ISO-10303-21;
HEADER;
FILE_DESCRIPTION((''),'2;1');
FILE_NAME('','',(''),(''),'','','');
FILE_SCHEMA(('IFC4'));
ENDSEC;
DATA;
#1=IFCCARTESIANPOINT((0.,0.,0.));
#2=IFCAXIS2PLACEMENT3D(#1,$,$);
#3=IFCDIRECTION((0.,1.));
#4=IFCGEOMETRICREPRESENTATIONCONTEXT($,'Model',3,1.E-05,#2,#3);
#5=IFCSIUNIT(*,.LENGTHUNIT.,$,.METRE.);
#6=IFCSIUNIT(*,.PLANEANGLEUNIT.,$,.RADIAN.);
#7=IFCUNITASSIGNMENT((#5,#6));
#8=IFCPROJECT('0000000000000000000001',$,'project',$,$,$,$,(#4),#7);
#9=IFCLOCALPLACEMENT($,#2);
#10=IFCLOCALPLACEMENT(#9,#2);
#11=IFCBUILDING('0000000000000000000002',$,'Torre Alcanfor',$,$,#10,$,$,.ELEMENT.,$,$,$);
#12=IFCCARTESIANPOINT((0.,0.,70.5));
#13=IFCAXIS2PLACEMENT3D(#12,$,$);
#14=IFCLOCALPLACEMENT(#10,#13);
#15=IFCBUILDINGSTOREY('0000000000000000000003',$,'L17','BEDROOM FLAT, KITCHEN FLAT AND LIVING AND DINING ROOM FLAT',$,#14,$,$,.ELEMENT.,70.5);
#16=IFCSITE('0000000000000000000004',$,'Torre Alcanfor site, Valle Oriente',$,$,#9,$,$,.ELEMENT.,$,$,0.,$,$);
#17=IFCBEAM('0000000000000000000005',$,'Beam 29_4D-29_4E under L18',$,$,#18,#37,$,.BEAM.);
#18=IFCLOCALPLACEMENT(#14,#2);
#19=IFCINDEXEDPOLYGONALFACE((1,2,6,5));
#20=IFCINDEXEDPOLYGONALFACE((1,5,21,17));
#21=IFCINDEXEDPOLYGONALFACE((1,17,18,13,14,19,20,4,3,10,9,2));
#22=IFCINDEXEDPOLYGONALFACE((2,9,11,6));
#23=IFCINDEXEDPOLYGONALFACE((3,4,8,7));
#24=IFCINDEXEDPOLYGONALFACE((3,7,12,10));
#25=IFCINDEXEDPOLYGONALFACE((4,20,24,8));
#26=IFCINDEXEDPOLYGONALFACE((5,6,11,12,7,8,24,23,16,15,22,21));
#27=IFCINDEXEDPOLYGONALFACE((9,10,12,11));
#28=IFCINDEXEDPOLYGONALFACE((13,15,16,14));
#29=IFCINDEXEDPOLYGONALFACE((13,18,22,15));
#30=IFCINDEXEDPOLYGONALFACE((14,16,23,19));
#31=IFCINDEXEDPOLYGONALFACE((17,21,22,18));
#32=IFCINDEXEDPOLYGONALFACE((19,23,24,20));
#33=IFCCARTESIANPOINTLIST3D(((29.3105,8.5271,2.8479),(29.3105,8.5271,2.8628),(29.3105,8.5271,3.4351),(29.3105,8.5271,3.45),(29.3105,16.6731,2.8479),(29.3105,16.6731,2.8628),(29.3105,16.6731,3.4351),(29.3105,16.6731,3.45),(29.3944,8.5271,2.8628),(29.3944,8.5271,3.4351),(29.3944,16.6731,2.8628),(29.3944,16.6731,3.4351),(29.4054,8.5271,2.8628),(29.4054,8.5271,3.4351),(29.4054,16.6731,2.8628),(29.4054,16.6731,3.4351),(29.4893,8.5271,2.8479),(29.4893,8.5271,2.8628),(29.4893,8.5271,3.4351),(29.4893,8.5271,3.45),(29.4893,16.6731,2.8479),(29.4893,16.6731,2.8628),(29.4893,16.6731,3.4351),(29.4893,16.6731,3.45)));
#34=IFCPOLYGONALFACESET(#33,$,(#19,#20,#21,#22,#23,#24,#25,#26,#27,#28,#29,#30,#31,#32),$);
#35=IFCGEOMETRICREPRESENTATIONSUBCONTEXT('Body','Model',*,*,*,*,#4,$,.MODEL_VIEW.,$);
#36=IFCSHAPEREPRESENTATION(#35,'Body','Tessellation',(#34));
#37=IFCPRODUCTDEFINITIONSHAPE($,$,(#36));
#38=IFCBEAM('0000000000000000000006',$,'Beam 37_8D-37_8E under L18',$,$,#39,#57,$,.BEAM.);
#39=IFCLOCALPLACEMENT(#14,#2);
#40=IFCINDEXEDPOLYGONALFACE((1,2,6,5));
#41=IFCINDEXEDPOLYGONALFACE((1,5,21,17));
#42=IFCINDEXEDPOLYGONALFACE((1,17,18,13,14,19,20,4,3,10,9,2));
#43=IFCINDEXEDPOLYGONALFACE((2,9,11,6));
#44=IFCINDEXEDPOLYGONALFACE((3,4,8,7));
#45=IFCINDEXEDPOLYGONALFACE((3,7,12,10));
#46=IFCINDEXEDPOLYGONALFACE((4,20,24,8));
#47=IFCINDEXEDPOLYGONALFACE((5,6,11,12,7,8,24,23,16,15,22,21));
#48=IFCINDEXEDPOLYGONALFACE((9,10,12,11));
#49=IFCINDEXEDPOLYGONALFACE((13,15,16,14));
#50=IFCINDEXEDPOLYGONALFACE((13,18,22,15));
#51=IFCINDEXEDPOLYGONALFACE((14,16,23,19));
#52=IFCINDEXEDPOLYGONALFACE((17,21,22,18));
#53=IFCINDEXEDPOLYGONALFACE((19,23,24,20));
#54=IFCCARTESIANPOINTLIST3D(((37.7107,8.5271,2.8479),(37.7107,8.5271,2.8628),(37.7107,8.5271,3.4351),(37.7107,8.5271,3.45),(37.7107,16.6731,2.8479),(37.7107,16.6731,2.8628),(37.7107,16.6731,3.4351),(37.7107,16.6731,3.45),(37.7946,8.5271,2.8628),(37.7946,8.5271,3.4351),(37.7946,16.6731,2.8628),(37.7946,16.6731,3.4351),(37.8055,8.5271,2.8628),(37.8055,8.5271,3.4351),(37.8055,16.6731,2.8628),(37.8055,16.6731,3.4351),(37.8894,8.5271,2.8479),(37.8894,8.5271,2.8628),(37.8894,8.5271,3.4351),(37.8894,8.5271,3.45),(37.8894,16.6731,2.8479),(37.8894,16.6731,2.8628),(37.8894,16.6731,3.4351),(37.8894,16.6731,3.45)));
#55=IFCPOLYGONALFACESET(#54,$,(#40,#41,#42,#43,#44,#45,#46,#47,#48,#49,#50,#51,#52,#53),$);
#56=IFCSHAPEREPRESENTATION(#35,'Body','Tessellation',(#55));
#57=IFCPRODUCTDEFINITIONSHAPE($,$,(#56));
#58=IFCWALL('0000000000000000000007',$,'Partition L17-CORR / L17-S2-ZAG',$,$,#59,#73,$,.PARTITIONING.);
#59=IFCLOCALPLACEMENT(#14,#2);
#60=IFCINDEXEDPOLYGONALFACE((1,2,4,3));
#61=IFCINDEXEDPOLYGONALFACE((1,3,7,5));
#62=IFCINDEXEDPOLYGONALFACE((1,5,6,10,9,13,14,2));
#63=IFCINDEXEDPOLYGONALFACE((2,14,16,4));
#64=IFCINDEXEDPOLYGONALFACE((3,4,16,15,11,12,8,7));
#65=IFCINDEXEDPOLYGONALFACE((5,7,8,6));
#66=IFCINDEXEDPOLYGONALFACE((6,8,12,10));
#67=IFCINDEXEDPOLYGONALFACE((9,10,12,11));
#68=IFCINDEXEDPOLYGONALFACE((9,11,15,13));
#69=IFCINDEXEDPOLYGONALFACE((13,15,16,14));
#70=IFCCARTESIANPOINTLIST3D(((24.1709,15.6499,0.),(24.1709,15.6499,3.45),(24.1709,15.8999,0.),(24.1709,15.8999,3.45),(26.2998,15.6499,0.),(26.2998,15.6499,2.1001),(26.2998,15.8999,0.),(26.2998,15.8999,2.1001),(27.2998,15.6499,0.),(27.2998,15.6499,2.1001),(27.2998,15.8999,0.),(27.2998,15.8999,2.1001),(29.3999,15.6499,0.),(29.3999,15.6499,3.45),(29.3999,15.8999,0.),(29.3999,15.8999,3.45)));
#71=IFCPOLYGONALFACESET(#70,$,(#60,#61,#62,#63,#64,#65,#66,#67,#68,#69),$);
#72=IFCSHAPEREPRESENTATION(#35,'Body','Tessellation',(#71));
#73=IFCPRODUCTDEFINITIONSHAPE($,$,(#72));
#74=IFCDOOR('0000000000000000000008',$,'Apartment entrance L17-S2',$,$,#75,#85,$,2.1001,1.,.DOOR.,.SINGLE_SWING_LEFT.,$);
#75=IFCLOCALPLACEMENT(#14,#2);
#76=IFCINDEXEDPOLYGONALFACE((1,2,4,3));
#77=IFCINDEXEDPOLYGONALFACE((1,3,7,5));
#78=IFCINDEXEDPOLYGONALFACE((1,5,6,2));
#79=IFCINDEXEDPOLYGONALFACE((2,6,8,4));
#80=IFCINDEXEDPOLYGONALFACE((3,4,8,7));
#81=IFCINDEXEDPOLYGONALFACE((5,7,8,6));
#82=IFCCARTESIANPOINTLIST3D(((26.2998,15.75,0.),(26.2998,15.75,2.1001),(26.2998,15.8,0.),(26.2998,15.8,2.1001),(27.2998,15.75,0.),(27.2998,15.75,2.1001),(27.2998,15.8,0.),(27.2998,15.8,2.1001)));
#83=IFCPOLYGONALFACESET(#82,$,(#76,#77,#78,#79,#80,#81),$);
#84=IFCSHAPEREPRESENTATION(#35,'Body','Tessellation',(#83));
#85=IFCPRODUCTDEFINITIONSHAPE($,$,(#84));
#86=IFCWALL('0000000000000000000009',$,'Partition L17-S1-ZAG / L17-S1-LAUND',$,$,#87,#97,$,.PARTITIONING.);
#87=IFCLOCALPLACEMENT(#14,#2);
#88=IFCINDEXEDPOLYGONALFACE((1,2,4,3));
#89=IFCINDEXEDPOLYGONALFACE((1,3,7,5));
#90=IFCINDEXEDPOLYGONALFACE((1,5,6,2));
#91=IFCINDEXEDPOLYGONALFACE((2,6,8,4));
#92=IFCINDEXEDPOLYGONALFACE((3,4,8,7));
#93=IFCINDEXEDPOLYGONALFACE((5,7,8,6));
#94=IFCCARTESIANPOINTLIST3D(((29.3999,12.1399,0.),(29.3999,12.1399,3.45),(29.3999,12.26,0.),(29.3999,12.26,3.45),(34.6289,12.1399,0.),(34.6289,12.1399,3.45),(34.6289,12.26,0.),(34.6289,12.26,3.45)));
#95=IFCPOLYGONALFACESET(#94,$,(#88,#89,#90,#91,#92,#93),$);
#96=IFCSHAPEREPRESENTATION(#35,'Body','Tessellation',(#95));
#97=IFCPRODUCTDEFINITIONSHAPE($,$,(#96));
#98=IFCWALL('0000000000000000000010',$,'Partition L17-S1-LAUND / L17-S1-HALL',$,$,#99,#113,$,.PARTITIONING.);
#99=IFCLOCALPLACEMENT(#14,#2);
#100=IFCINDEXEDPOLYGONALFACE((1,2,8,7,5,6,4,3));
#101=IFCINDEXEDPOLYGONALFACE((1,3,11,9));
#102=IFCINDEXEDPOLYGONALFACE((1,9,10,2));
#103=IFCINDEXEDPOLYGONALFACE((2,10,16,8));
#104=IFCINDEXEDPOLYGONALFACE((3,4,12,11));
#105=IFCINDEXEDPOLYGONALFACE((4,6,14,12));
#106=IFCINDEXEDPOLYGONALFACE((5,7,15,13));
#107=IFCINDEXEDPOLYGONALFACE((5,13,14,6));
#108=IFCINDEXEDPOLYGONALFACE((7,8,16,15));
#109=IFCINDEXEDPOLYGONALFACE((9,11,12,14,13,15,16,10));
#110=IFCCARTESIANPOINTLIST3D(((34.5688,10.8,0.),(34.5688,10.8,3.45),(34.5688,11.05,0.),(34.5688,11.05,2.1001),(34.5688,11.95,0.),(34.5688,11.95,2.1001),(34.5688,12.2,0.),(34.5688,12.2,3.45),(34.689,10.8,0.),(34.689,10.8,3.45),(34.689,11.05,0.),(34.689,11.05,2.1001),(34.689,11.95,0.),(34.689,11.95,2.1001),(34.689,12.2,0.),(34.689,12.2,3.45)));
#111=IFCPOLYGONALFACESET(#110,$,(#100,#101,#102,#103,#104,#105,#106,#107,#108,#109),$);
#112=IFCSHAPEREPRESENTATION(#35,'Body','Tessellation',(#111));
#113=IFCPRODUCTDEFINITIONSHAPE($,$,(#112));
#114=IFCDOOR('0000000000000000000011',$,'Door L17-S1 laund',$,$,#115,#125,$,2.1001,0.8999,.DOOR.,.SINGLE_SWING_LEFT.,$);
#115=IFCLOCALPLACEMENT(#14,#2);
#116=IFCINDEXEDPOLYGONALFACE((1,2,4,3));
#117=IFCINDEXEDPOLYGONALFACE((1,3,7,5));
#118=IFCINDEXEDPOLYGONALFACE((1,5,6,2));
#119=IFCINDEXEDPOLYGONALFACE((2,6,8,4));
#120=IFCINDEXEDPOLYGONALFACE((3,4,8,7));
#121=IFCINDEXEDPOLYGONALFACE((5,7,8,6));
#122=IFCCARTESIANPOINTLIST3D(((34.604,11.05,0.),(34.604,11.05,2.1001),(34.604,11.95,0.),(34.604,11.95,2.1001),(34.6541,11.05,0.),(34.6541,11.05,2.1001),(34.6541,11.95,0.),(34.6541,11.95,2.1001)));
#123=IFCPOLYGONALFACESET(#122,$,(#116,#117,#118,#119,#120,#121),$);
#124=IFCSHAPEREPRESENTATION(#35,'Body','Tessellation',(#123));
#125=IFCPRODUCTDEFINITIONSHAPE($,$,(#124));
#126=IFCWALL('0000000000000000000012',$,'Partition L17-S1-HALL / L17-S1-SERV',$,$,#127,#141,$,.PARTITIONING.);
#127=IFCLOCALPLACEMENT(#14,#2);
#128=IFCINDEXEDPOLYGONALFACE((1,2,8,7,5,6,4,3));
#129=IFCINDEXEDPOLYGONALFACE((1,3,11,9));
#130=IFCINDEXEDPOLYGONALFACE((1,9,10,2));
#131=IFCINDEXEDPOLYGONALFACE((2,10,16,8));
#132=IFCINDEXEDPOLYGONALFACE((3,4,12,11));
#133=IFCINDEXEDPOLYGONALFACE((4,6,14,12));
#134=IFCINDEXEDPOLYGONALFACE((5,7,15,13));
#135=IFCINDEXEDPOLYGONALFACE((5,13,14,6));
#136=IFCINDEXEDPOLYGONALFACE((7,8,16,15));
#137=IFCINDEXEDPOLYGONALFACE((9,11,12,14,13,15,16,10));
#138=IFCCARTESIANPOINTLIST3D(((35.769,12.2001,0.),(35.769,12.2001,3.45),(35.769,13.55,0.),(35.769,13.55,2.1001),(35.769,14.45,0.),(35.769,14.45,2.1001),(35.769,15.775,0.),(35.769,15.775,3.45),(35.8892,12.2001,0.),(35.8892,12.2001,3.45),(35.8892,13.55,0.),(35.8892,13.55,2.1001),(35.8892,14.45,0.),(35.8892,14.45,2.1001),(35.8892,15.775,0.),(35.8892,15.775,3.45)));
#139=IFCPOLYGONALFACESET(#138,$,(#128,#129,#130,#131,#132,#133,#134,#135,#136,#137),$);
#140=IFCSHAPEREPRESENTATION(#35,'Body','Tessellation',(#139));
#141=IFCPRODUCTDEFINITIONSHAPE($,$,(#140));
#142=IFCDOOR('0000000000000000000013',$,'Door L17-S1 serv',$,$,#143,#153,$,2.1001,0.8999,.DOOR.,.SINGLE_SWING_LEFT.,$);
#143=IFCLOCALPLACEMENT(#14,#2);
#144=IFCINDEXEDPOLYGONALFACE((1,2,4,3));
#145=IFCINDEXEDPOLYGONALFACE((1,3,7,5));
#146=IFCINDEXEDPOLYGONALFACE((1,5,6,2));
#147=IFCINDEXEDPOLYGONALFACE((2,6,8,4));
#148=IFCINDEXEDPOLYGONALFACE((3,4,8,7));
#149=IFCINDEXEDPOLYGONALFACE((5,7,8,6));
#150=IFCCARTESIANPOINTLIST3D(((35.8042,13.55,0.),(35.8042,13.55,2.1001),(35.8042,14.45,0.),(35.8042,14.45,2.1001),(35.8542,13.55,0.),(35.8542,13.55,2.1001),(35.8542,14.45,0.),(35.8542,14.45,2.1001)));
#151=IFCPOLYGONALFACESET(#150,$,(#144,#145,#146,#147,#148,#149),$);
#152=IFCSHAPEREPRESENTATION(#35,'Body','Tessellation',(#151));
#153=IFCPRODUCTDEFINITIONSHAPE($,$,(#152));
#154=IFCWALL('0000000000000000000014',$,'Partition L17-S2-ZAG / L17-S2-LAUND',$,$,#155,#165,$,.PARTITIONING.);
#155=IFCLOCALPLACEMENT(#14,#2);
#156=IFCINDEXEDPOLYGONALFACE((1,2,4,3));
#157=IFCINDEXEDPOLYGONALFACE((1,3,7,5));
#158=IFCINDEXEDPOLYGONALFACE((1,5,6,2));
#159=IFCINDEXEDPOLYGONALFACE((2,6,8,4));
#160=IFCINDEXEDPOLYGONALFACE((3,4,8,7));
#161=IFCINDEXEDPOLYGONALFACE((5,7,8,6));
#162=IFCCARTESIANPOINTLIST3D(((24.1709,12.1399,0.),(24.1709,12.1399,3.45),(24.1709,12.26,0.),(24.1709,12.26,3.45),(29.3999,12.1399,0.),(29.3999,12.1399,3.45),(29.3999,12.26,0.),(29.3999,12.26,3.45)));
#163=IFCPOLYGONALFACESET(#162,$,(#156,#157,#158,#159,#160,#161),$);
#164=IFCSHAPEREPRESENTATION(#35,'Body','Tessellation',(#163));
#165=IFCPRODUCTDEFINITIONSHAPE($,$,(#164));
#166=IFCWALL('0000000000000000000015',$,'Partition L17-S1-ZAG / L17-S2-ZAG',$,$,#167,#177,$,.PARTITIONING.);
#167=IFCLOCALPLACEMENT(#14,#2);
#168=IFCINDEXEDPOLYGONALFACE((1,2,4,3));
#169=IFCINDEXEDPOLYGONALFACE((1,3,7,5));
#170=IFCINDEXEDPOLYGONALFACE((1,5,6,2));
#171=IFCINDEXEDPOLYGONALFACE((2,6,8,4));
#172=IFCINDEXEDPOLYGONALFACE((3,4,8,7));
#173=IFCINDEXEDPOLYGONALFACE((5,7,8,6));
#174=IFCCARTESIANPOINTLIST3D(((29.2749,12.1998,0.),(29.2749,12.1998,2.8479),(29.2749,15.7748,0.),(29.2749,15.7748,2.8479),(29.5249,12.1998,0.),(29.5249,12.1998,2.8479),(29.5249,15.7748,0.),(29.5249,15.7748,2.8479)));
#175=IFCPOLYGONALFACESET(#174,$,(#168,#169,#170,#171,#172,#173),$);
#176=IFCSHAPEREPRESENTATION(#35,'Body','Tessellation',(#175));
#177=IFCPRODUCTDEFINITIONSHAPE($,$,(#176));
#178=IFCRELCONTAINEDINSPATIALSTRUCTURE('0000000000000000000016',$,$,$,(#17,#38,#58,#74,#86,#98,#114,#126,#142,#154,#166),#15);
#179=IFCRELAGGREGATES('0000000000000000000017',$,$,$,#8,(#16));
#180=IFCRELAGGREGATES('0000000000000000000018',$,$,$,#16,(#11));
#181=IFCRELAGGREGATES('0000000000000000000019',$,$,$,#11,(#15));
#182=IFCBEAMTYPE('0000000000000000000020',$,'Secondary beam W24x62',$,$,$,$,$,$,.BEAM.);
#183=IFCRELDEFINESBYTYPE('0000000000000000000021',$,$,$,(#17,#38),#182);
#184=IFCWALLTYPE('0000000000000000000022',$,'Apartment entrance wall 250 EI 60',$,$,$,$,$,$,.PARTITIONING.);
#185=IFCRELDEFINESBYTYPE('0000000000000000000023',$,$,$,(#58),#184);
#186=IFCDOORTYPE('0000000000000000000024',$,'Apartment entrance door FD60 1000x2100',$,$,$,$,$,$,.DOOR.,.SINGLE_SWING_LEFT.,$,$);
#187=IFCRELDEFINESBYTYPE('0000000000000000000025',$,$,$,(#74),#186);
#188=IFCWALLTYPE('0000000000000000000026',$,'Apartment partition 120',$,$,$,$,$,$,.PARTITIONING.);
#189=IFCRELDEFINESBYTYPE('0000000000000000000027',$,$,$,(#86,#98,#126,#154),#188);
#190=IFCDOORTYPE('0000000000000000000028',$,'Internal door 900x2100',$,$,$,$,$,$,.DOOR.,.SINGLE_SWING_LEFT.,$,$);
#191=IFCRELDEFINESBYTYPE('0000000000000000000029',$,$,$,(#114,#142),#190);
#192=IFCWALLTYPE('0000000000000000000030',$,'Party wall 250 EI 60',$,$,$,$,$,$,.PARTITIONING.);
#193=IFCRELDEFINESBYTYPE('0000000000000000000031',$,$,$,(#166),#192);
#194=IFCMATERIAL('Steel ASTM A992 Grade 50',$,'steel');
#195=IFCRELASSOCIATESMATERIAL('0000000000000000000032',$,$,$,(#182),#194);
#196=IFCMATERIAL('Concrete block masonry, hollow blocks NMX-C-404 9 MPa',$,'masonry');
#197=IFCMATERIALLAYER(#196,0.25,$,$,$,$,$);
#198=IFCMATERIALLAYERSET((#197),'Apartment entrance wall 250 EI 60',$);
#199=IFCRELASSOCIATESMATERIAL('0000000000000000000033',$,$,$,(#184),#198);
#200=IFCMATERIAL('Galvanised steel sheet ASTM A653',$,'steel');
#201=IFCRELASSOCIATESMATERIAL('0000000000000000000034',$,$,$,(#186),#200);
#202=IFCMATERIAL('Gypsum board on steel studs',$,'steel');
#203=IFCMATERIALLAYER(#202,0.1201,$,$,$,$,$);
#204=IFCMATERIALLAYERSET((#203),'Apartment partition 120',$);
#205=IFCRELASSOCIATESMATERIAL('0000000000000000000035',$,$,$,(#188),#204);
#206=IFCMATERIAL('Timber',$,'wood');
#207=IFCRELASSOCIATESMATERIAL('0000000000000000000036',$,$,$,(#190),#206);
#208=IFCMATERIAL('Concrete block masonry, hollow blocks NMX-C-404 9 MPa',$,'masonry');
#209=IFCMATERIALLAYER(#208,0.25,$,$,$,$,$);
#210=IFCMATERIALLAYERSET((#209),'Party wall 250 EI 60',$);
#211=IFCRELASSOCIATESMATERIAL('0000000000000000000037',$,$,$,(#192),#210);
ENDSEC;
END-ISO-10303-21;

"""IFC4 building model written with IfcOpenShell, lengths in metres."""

from ifc_helpers import new_model, si_unit, direction, frame, frame_2d, origin, origin_2d, place, context, subcontext, project, spatial, rectangle, i_section, extrude, material, layer, layer_set, material_profile, profile_set, type_object, element, fill, save


model = new_model("IFC4")

# Units and contexts
model_context = context("Model", 3, precision=1e-05, world=origin(), true_north=direction((0.0, 1.0)))
body_context = subcontext(model_context, "Body", "Model", "MODEL_VIEW")
ifc_project = project(units=[si_unit("LENGTHUNIT", "METRE"), si_unit("PLANEANGLEUNIT", "RADIAN")], contexts=[model_context])

# Site, building, storey
site_placement = place(None, origin())
site = spatial("IfcSite", under=ifc_project, at=site_placement, Name="Torre Alcanfor site, Valle Oriente", CompositionType="ELEMENT", RefElevation=0.0)
building_placement = place(site_placement, origin())
building = spatial("IfcBuilding", under=site, at=building_placement, Name="Torre Alcanfor", CompositionType="ELEMENT")
storey_placement = place(building_placement, frame((0.0, 0.0, 70.5)))
storey = spatial("IfcBuildingStorey", under=building, at=storey_placement, Name="L17", Description="BEDROOM FLAT, KITCHEN FLAT AND LIVING AND DINING ROOM FLAT", CompositionType="ELEMENT", Elevation=70.5)

# Beams
ifc_material_1 = material(Name="Steel ASTM A992 Grade 50", Category="steel")
ifc_material_profile = material_profile(ifc_material_1, i_section(OverallWidth=0.1787, OverallDepth=0.6021, WebThickness=0.011, FlangeThickness=0.0149, at=origin_2d()), Name="W24x62")
ifc_profile_set = profile_set([ifc_material_profile], Name="Steel ASTM A992 Grade 50")
beam_type = type_object("IfcBeamType", Name="Secondary beam W24x62", PredefinedType="BEAM", material=ifc_profile_set)
for number, where, z_axis, x_axis, name in (
    (1, (29.3999, 8.5271, 3.1489), (0.0, 1.0, 0.0), (-1.0, 0.0, 0.0), "Beam 29_4D-29_4E under L18"),
    (2, (37.8, 8.5271, 3.1489), (0.0, 1.0, 0.0), (-1.0, 0.0, 0.0), "Beam 37_8D-37_8E under L18"),
):
    element("IfcBeam", number, at=place(storey_placement, frame(where, z_axis=z_axis, x_axis=x_axis)), inside=storey, type_object=beam_type, Name=name, PredefinedType="BEAM", context=body_context, shape_type="SweptSolid", body=[
        extrude(i_section(OverallWidth=0.1787, OverallDepth=0.6021, WebThickness=0.011, FlangeThickness=0.0149, at=origin_2d()), origin(), (0.0, 0.0, 1.0), 8.146),
    ])

# Wall, opening, door
ifc_material_2 = material(Name="Concrete block masonry, hollow blocks NMX-C-404 9 MPa", Category="masonry")
ifc_layer_1 = layer(ifc_material_2, 0.25)
ifc_layer_set_1 = layer_set([ifc_layer_1], Name="Apartment entrance wall 250 EI 60")
wall_type_1 = type_object("IfcWallType", Name="Apartment entrance wall 250 EI 60", PredefinedType="PARTITIONING", material=ifc_layer_set_1)
wall_1_placement = place(storey_placement, frame((29.3999, 15.7749, 0.0), z_axis=(0.0, 0.0, 1.0), x_axis=(-1.0, 0.0, 0.0)))
wall_1 = element("IfcWall", 3, at=wall_1_placement, inside=storey, type_object=wall_type_1, Name="Partition L17-CORR / L17-S2-ZAG", PredefinedType="PARTITIONING", context=body_context, shape_type="SweptSolid", body=[
    extrude(rectangle(XDim=5.229, YDim=0.25, at=frame_2d((2.6145, 0.0))), origin(), (0.0, 0.0, 1.0), 3.45),
])
opening_1_placement = place(wall_1_placement, frame((2.1001, 0.0, 0.0)))
opening_1 = element("IfcOpeningElement", 4, at=opening_1_placement, cuts=wall_1, PredefinedType="OPENING", context=body_context, shape_type="SweptSolid", body=[
    extrude(rectangle(XDim=1.0, YDim=2.1001, at=frame_2d((0.5, 1.05))), frame((0.0, 0.135, 0.0), z_axis=(0.0, -1.0, 0.0), x_axis=(1.0, 0.0, 0.0)), (0.0, 0.0, 1.0), 0.27),
])
ifc_material_3 = material(Name="Galvanised steel sheet ASTM A653", Category="steel")
door_type_1 = type_object("IfcDoorType", Name="Apartment entrance door FD60 1000x2100", OperationType="SINGLE_SWING_LEFT", PredefinedType="DOOR", material=ifc_material_3)
door_1_placement = place(opening_1_placement, origin())
door_1 = element("IfcDoor", 5, at=door_1_placement, inside=storey, type_object=door_type_1, Name="Apartment entrance L17-S2", OperationType="SINGLE_SWING_LEFT", OverallHeight=2.1001, OverallWidth=1.0, PredefinedType="DOOR", context=body_context, shape_type="SweptSolid", body=[
    extrude(rectangle(XDim=1.0, YDim=2.1001, at=frame_2d((0.5, 1.05))), frame((0.0, 0.0249, 0.0), z_axis=(0.0, -1.0, 0.0), x_axis=(1.0, 0.0, 0.0)), (0.0, 0.0, 1.0), 0.05),
])
fill(opening_1, door_1)

# Wall
ifc_material_4 = material(Name="Gypsum board on steel studs", Category="steel")
ifc_layer_2 = layer(ifc_material_4, 0.1201)
ifc_layer_set_2 = layer_set([ifc_layer_2], Name="Apartment partition 120")
wall_type_2 = type_object("IfcWallType", Name="Apartment partition 120", PredefinedType="PARTITIONING", material=ifc_layer_set_2)
wall_2_placement = place(storey_placement, frame((29.3999, 12.2, 0.0), z_axis=(0.0, 0.0, 1.0), x_axis=(1.0, 0.0, 0.0)))
element("IfcWall", 6, at=wall_2_placement, inside=storey, type_object=wall_type_2, Name="Partition L17-S1-ZAG / L17-S1-LAUND", PredefinedType="PARTITIONING", context=body_context, shape_type="SweptSolid", body=[
    extrude(rectangle(XDim=5.229, YDim=0.1201, at=frame_2d((2.6145, 0.0))), origin(), (0.0, 0.0, 1.0), 3.45),
])

# Walls, openings, doors
wall_3_placement = place(storey_placement, frame((34.6289, 10.8, 0.0), z_axis=(0.0, 0.0, 1.0), x_axis=(0.0, 1.0, 0.0)))
wall_3 = element("IfcWall", 7, at=wall_3_placement, inside=storey, type_object=wall_type_2, Name="Partition L17-S1-LAUND / L17-S1-HALL", PredefinedType="PARTITIONING", context=body_context, shape_type="SweptSolid", body=[
    extrude(rectangle(XDim=1.3999, YDim=0.1201, at=frame_2d((0.7, 0.0))), origin(), (0.0, 0.0, 1.0), 3.45),
])
opening_2_placement = place(wall_3_placement, frame((0.25, 0.0, 0.0)))
opening_2 = element("IfcOpeningElement", 8, at=opening_2_placement, cuts=wall_3, PredefinedType="OPENING", context=body_context, shape_type="SweptSolid", body=[
    extrude(rectangle(XDim=0.8999, YDim=2.1001, at=frame_2d((0.45, 1.05))), frame((0.0, 0.0701, 0.0), z_axis=(0.0, -1.0, 0.0), x_axis=(1.0, 0.0, 0.0)), (0.0, 0.0, 1.0), 0.1401),
])
ifc_material_5 = material(Name="Timber", Category="wood")
door_type_2 = type_object("IfcDoorType", Name="Internal door 900x2100", OperationType="SINGLE_SWING_LEFT", PredefinedType="DOOR", material=ifc_material_5)
door_2_placement = place(opening_2_placement, origin())
door_2 = element("IfcDoor", 9, at=door_2_placement, inside=storey, type_object=door_type_2, Name="Door L17-S1 laund", OperationType="SINGLE_SWING_LEFT", OverallHeight=2.1001, OverallWidth=0.8999, PredefinedType="DOOR", context=body_context, shape_type="SweptSolid", body=[
    extrude(rectangle(XDim=0.8999, YDim=2.1001, at=frame_2d((0.45, 1.05))), frame((0.0, 0.0249, 0.0), z_axis=(0.0, -1.0, 0.0), x_axis=(1.0, 0.0, 0.0)), (0.0, 0.0, 1.0), 0.05),
])
fill(opening_2, door_2)
wall_4_placement = place(storey_placement, frame((35.8291, 12.2, 0.0), z_axis=(0.0, 0.0, 1.0), x_axis=(0.0, 1.0, 0.0)))
wall_4 = element("IfcWall", 10, at=wall_4_placement, inside=storey, type_object=wall_type_2, Name="Partition L17-S1-HALL / L17-S1-SERV", PredefinedType="PARTITIONING", context=body_context, shape_type="SweptSolid", body=[
    extrude(rectangle(XDim=3.575, YDim=0.1201, at=frame_2d((1.7876, 0.0))), origin(), (0.0, 0.0, 1.0), 3.45),
])
opening_3_placement = place(wall_4_placement, frame((1.3501, 0.0, 0.0)))
opening_3 = element("IfcOpeningElement", 11, at=opening_3_placement, cuts=wall_4, PredefinedType="OPENING", context=body_context, shape_type="SweptSolid", body=[
    extrude(rectangle(XDim=0.8999, YDim=2.1001, at=frame_2d((0.45, 1.05))), frame((0.0, 0.0701, 0.0), z_axis=(0.0, -1.0, 0.0), x_axis=(1.0, 0.0, 0.0)), (0.0, 0.0, 1.0), 0.1401),
])
door_3_placement = place(opening_3_placement, frame((0.8999, 0.0, 0.0), z_axis=(0.0, 0.0, 1.0), x_axis=(-1.0, 0.0, 0.0)))
door_3 = element("IfcDoor", 12, at=door_3_placement, inside=storey, type_object=door_type_2, Name="Door L17-S1 serv", OperationType="SINGLE_SWING_LEFT", OverallHeight=2.1001, OverallWidth=0.8999, PredefinedType="DOOR", context=body_context, shape_type="SweptSolid", body=[
    extrude(rectangle(XDim=0.8999, YDim=2.1001, at=frame_2d((0.45, 1.05))), frame((0.0, 0.0251, 0.0), z_axis=(0.0, -1.0, 0.0), x_axis=(1.0, 0.0, 0.0)), (0.0, 0.0, 1.0), 0.05),
])
fill(opening_3, door_3)

# Walls
wall_5_placement = place(storey_placement, frame((29.3999, 12.2, 0.0), z_axis=(0.0, 0.0, 1.0), x_axis=(-1.0, 0.0, 0.0)))
element("IfcWall", 13, at=wall_5_placement, inside=storey, type_object=wall_type_2, Name="Partition L17-S2-ZAG / L17-S2-LAUND", PredefinedType="PARTITIONING", context=body_context, shape_type="SweptSolid", body=[
    extrude(rectangle(XDim=5.229, YDim=0.1201, at=frame_2d((2.6145, 0.0))), origin(), (0.0, 0.0, 1.0), 3.45),
])
ifc_material_6 = material(Name="Concrete block masonry, hollow blocks NMX-C-404 9 MPa", Category="masonry")
ifc_layer_3 = layer(ifc_material_6, 0.25)
ifc_layer_set_3 = layer_set([ifc_layer_3], Name="Party wall 250 EI 60")
wall_type_3 = type_object("IfcWallType", Name="Party wall 250 EI 60", PredefinedType="PARTITIONING", material=ifc_layer_set_3)
wall_6_placement = place(storey_placement, frame((29.3999, 15.7749, 0.0), z_axis=(0.0, 0.0, 1.0), x_axis=(0.0, -1.0, 0.0)))
element("IfcWall", 14, at=wall_6_placement, inside=storey, type_object=wall_type_3, Name="Partition L17-S1-ZAG / L17-S2-ZAG", PredefinedType="PARTITIONING", context=body_context, shape_type="SweptSolid", body=[
    extrude(rectangle(XDim=3.575, YDim=0.25, at=frame_2d((1.7876, 0.0))), origin(), (0.0, 0.0, 1.0), 2.8479),
])

save(model, "model.ifc")
